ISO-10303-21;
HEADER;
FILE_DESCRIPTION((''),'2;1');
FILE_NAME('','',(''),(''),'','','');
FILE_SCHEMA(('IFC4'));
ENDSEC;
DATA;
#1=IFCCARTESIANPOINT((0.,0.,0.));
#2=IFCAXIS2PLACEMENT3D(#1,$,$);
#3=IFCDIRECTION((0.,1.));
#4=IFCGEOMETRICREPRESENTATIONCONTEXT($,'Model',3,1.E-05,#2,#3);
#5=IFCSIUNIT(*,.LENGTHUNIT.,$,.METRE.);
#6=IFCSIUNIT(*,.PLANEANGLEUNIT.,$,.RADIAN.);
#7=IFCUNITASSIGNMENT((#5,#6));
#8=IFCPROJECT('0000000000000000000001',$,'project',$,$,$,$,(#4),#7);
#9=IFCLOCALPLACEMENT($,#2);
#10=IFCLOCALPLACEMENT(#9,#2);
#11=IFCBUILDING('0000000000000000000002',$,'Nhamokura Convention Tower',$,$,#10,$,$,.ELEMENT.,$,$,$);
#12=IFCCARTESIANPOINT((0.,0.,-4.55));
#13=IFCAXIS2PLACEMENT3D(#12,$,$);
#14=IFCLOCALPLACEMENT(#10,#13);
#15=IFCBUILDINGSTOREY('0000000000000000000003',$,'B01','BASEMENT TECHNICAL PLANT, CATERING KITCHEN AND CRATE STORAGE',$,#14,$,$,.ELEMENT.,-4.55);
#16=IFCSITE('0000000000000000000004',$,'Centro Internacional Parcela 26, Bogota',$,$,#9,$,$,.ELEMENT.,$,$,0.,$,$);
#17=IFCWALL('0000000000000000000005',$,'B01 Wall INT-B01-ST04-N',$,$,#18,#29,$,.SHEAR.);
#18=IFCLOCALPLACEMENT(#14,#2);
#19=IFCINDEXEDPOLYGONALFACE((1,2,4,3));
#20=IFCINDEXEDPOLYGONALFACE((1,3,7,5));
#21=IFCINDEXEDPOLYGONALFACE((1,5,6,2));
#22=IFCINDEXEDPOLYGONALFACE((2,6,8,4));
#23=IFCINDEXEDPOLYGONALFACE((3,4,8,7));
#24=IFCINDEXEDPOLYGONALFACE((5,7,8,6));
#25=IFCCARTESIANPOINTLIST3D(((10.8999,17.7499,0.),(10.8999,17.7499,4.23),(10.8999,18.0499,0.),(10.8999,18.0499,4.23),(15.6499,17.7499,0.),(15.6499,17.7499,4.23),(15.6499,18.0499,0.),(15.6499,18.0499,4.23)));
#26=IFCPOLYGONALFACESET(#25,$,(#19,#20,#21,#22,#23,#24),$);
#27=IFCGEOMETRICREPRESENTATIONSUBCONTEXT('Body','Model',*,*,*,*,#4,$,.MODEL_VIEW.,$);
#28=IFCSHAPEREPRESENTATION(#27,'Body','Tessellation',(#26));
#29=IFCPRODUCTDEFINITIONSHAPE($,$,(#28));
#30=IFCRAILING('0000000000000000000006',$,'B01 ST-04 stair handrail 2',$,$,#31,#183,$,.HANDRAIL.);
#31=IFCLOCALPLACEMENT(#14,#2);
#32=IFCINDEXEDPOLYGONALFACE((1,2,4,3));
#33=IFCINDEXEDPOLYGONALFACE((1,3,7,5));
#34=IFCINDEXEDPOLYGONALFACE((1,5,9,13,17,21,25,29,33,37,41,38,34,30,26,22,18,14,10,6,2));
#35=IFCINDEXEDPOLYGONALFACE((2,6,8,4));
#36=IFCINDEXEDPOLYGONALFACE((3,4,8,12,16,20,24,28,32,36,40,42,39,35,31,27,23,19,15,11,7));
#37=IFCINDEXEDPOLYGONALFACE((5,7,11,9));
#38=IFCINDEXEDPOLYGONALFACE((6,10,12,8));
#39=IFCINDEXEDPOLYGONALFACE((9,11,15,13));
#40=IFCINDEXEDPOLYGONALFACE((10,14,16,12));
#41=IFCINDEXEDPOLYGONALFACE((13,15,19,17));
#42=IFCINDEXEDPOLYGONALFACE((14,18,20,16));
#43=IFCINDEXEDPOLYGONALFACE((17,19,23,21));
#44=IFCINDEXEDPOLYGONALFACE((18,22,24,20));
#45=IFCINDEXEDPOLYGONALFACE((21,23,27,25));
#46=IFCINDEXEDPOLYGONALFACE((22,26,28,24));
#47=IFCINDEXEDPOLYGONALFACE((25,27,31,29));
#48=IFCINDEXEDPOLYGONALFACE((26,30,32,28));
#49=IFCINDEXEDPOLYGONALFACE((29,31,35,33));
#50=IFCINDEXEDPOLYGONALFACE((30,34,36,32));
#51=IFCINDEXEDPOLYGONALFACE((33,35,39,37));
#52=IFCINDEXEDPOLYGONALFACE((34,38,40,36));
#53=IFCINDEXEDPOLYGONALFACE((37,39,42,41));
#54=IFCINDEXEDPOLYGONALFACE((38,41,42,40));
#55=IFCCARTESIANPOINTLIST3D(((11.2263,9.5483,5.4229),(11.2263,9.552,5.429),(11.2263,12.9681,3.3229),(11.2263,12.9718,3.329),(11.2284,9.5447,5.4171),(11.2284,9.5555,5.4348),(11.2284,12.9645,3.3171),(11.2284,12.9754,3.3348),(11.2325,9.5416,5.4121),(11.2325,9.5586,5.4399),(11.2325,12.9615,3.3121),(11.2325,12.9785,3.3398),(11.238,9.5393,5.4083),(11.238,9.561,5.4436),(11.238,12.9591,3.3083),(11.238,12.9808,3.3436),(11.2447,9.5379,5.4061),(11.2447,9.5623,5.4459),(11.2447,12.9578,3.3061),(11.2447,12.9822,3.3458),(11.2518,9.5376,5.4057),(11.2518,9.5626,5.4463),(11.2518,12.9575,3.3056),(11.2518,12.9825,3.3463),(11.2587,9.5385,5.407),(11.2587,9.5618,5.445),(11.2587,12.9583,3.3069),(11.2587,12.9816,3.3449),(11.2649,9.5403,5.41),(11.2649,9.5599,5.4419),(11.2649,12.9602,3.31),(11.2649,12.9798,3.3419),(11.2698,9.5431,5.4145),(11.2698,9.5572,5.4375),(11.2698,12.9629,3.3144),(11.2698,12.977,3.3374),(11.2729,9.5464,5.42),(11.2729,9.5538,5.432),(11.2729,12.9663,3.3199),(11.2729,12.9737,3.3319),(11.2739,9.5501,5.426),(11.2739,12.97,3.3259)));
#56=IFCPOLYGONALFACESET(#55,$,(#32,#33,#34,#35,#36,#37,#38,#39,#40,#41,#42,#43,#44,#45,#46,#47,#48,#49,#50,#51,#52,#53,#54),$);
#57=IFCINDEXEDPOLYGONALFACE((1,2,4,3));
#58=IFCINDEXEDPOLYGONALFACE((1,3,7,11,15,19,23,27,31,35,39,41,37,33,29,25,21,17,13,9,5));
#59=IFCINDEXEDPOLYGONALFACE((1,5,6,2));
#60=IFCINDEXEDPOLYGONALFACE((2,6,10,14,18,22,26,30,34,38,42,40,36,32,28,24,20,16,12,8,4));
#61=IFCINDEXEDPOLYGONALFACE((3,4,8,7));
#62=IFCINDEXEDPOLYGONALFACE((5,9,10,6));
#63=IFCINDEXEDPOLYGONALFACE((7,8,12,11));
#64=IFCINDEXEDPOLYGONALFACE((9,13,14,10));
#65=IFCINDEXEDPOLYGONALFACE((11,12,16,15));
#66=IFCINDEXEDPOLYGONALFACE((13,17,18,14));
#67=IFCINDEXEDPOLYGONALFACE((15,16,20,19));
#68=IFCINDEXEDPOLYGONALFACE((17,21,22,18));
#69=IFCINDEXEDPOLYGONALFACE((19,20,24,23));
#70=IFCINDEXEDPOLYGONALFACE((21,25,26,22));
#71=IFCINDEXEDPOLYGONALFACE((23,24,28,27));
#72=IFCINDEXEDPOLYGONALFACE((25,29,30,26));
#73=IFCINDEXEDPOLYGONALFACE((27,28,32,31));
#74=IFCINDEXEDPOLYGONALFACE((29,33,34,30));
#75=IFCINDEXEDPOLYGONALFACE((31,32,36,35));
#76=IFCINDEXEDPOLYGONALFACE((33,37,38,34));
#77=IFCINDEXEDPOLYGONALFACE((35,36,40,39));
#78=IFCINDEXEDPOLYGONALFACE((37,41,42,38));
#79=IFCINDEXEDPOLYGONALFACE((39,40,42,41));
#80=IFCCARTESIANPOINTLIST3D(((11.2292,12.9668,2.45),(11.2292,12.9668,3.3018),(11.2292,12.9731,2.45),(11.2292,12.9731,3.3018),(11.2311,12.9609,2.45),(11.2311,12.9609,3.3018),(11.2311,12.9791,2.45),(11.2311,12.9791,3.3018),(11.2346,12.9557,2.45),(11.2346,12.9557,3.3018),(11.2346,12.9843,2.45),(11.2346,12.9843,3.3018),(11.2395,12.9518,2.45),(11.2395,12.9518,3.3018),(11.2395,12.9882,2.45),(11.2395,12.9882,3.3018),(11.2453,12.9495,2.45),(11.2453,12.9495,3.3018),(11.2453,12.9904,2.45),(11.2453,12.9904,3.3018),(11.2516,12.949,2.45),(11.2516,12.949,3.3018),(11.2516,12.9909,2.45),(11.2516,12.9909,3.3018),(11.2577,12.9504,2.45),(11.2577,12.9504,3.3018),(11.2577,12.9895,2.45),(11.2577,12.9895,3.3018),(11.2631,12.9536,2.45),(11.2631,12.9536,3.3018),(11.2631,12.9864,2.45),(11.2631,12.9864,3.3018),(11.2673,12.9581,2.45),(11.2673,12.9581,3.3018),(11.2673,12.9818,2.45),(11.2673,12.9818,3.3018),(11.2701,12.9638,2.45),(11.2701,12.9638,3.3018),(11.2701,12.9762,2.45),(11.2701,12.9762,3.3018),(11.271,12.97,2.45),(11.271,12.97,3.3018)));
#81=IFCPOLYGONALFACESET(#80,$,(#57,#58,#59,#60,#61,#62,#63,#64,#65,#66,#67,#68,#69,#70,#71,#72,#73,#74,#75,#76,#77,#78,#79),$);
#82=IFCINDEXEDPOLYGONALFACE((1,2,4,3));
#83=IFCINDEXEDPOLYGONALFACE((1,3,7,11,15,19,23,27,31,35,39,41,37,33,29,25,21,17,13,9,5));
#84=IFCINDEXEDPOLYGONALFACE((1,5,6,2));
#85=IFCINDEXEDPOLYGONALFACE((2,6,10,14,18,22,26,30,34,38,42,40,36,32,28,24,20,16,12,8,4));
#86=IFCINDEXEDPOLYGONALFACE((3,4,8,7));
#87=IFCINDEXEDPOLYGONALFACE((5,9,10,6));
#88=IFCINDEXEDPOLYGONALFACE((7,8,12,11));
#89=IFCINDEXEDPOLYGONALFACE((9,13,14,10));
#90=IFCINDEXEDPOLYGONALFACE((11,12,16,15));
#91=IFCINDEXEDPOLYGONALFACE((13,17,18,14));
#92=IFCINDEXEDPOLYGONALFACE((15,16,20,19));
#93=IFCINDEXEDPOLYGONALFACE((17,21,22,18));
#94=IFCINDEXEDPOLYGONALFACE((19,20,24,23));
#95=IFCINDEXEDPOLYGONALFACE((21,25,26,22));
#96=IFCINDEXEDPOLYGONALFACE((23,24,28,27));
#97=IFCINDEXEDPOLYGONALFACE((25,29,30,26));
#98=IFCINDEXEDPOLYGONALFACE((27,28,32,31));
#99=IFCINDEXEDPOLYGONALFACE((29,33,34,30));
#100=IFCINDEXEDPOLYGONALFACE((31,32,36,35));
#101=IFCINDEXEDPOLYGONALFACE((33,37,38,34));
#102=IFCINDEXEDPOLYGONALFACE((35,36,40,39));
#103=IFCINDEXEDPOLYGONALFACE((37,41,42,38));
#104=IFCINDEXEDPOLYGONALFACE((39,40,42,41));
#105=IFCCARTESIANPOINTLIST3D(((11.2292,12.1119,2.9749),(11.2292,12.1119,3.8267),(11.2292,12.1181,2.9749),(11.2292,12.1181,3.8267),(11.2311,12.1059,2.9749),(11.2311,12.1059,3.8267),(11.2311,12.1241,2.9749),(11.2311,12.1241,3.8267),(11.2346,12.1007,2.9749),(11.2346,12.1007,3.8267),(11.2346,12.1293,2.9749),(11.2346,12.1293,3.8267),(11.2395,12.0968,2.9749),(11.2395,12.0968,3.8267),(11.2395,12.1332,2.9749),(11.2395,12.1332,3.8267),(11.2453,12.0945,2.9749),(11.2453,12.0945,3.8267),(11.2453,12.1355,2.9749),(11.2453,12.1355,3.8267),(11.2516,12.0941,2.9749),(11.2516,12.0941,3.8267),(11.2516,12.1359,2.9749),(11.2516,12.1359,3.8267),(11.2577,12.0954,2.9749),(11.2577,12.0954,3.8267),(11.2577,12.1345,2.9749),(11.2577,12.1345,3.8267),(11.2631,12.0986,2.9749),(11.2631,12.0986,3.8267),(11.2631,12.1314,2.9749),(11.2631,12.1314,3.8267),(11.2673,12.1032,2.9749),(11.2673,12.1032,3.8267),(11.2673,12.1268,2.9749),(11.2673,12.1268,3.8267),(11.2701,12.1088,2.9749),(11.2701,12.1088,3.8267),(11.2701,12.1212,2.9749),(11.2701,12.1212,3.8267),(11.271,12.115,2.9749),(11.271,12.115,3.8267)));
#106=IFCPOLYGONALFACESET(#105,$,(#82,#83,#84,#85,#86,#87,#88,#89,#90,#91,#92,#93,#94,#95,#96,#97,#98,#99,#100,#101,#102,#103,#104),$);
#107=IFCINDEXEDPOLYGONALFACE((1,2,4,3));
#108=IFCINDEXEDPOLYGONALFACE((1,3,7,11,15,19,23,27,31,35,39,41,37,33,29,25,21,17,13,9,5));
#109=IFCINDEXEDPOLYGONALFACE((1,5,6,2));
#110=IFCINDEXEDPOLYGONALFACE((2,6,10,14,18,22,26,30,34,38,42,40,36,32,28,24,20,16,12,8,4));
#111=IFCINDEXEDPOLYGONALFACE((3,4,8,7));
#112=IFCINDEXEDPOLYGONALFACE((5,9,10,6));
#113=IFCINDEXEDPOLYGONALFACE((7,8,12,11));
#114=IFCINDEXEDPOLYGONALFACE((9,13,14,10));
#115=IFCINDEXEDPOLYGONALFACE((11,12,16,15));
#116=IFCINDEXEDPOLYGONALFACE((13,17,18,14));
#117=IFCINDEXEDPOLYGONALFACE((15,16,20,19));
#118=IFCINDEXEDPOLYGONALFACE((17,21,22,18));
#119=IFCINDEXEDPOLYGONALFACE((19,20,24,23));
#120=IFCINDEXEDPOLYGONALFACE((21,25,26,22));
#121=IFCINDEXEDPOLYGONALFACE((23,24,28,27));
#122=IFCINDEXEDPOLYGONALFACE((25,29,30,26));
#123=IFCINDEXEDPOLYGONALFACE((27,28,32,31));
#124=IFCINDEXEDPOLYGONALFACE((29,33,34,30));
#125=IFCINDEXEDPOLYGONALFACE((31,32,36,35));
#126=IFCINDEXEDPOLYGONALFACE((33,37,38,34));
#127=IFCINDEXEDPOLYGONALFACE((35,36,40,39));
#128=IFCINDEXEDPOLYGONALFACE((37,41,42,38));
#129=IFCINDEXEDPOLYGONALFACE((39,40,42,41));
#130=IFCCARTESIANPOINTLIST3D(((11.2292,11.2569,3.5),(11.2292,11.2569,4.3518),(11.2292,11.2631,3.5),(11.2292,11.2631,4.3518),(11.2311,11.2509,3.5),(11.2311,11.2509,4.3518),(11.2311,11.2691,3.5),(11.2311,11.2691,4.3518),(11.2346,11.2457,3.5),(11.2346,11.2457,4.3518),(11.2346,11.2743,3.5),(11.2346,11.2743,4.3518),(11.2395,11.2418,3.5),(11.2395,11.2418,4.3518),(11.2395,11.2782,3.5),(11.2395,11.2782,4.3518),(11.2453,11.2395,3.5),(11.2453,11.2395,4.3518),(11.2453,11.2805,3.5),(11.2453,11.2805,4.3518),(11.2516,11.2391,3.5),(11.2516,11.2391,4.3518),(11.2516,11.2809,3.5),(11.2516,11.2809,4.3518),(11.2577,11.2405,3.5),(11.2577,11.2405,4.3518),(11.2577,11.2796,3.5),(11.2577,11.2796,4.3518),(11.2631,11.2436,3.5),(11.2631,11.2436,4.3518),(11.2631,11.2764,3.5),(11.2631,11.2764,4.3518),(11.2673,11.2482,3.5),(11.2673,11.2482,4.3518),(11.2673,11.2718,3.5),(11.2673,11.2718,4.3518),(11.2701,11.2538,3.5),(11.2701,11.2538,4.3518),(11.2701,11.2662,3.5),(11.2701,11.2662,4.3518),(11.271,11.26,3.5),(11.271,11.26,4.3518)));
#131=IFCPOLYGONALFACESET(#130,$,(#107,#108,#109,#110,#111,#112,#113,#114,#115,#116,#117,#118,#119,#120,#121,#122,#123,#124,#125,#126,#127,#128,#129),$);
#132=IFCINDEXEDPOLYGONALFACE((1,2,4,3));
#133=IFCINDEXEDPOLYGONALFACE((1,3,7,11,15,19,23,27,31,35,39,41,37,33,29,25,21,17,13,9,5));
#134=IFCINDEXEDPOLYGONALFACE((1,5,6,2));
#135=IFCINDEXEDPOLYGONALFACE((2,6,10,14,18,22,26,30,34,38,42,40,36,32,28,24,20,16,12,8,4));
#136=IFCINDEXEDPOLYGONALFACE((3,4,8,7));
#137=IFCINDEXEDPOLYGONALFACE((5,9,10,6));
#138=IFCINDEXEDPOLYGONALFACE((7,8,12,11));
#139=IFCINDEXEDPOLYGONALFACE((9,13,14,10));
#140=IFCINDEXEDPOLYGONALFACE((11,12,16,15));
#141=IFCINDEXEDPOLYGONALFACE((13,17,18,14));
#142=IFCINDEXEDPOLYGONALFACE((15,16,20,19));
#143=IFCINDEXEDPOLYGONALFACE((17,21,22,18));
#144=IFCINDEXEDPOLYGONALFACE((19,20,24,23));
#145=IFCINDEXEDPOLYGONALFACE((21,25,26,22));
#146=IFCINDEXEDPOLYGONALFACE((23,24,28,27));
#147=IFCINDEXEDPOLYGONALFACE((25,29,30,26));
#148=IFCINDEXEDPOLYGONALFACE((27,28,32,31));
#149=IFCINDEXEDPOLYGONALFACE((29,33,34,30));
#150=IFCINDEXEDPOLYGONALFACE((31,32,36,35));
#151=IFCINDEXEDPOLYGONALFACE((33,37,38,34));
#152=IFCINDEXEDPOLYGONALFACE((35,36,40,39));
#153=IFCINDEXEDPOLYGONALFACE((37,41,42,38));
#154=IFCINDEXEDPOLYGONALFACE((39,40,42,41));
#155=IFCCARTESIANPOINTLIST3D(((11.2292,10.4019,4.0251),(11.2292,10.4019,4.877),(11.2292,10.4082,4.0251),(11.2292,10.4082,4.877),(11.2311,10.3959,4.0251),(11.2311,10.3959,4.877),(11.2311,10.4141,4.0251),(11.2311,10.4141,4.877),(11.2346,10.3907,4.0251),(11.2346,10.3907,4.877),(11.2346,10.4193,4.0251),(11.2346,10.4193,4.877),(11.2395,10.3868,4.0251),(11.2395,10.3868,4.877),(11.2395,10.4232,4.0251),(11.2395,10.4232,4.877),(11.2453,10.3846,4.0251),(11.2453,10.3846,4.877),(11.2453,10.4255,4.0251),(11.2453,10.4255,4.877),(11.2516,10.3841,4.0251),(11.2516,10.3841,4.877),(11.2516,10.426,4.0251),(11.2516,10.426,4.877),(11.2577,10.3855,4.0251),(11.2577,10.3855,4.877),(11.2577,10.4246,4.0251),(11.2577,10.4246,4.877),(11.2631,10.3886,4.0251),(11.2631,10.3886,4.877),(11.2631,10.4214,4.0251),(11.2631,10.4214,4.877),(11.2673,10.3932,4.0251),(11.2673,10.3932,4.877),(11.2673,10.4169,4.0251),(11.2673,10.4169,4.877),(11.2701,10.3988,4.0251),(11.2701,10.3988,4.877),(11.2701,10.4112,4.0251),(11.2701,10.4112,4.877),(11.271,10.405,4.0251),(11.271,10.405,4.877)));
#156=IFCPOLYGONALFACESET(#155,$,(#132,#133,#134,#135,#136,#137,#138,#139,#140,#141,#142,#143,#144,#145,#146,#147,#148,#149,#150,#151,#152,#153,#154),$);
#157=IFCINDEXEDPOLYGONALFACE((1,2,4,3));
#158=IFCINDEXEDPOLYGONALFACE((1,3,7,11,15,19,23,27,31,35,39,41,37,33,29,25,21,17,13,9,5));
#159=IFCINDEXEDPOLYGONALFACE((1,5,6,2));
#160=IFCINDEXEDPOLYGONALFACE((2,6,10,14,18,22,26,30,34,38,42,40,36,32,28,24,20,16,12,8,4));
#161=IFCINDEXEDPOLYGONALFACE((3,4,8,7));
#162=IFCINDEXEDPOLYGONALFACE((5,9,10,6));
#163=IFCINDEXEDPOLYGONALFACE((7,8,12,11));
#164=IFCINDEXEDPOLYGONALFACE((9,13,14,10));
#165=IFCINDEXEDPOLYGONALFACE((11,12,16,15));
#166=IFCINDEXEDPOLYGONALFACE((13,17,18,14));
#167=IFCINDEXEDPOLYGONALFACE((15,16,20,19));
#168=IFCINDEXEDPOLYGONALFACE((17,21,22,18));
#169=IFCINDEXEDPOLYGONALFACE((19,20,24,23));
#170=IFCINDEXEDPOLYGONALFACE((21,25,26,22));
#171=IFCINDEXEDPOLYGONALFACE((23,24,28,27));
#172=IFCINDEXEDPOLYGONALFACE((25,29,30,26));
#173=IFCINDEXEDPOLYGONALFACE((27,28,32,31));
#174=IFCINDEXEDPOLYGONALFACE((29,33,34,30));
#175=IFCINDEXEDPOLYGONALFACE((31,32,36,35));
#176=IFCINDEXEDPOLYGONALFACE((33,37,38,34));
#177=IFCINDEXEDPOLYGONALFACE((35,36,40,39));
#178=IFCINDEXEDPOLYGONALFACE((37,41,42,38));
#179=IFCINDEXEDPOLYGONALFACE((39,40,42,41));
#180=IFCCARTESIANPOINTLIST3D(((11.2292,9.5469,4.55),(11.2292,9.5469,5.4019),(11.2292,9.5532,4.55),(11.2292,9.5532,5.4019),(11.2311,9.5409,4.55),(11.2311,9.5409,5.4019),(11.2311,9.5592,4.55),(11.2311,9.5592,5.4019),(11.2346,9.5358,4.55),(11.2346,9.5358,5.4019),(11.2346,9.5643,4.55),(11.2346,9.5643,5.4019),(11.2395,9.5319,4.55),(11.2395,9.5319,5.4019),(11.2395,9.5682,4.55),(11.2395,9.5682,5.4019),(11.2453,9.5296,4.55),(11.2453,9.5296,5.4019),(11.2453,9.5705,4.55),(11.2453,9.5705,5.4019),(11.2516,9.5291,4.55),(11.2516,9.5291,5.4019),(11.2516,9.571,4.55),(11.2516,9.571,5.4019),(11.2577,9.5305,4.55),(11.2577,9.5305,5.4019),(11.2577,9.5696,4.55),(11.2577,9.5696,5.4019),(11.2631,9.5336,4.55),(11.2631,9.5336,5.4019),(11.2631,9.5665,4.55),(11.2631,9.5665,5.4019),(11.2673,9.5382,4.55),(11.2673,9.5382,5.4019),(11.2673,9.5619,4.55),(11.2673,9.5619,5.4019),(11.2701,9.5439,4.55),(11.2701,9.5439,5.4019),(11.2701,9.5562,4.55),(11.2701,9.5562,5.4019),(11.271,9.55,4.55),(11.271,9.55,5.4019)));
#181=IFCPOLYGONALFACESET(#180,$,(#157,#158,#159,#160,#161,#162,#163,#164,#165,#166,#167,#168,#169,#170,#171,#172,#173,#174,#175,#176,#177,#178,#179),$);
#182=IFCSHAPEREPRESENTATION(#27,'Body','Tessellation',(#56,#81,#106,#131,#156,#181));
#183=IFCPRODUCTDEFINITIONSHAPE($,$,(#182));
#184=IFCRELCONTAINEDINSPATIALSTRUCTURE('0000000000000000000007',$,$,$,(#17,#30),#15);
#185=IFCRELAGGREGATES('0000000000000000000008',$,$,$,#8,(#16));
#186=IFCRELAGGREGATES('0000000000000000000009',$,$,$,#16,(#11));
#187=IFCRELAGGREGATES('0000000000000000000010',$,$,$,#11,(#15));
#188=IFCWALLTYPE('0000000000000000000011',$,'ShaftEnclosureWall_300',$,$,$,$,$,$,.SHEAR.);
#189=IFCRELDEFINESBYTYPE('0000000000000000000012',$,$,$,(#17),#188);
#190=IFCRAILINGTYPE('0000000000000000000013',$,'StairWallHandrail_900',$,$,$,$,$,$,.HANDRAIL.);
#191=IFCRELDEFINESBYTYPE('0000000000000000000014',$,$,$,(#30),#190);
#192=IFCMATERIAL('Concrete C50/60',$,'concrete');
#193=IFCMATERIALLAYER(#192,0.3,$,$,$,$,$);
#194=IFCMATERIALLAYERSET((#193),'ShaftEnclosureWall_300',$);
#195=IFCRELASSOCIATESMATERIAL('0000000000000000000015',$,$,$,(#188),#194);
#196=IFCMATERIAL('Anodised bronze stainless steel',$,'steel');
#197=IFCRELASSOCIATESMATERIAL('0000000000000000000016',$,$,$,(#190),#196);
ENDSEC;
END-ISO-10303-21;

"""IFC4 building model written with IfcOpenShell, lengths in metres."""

from ifc_helpers import new_model, si_unit, direction, frame, frame_2d, origin, origin_2d, place, context, subcontext, project, spatial, rectangle, circle, extrude, material, layer, layer_set, type_object, element, save


model = new_model("IFC4")

# Units and contexts
model_context = context("Model", 3, precision=1e-05, world=origin(), true_north=direction((0.0, 1.0)))
body_context = subcontext(model_context, "Body", "Model", "MODEL_VIEW")
ifc_project = project(units=[si_unit("LENGTHUNIT", "METRE"), si_unit("PLANEANGLEUNIT", "RADIAN")], contexts=[model_context])

# Site, building, storey
site_placement = place(None, origin())
site = spatial("IfcSite", under=ifc_project, at=site_placement, Name="Centro Internacional Parcela 26, Bogota", CompositionType="ELEMENT", RefElevation=0.0)
building_placement = place(site_placement, origin())
building = spatial("IfcBuilding", under=site, at=building_placement, Name="Nhamokura Convention Tower", CompositionType="ELEMENT")
storey_placement = place(building_placement, frame((0.0, 0.0, -4.55)))
storey = spatial("IfcBuildingStorey", under=building, at=storey_placement, Name="B01", Description="BASEMENT TECHNICAL PLANT, CATERING KITCHEN AND CRATE STORAGE", CompositionType="ELEMENT", Elevation=-4.55)

# Wall
ifc_material_1 = material(Name="Concrete C50/60", Category="concrete")
ifc_layer_1 = layer(ifc_material_1, 0.3)
ifc_layer_set_1 = layer_set([ifc_layer_1], Name="ShaftEnclosureWall_300")
wall_type_1 = type_object("IfcWallType", Name="ShaftEnclosureWall_300", PredefinedType="SHEAR", material=ifc_layer_set_1)
for number, where, z_axis, x_axis, name in (
    (1, (10.8999, 17.8999, 0.0), (0.0, 0.0, 1.0), (1.0, 0.0, 0.0), "B01 Wall INT-B01-ST04-N"),
):
    element("IfcWall", number, at=place(storey_placement, frame(where, z_axis=z_axis, x_axis=x_axis)), inside=storey, type_object=wall_type_1, Name=name, PredefinedType="SHEAR", context=body_context, shape_type="SweptSolid", body=[
        extrude(rectangle(XDim=4.75, YDim=0.3, at=frame_2d((2.375, 0.0))), origin(), (0.0, 0.0, 1.0), 4.23),
    ])

# Railing
ifc_material_2 = material(Name="Anodised bronze stainless steel", Category="steel")
railing_type = type_object("IfcRailingType", Name="StairWallHandrail_900", PredefinedType="HANDRAIL", material=ifc_material_2)
railing_placement = place(storey_placement, frame((11.25, 12.97, 2.45)))
element("IfcRailing", 2, at=railing_placement, inside=storey, type_object=railing_type, Name="B01 ST-04 stair handrail 2", PredefinedType="HANDRAIL", context=body_context, shape_type="SweptSolid", body=[
    extrude(circle(Radius=0.0239, at=origin_2d()), frame((0.0, 0.0, 0.876), z_axis=(0.0, -0.852155, 0.523289), x_axis=(1.0, 0.0, 0.0)), (0.0, 0.0, 1.0), 4.0132),
    extrude(circle(Radius=0.021, at=origin_2d()), origin(), (0.0, 0.0, 1.0), 0.8518),
    extrude(circle(Radius=0.021, at=origin_2d()), frame((0.0, -0.855, 0.5249)), (0.0, 0.0, 1.0), 0.8518),
    extrude(circle(Radius=0.021, at=origin_2d()), frame((0.0, -1.71, 1.05)), (0.0, 0.0, 1.0), 0.8518),
    extrude(circle(Radius=0.021, at=origin_2d()), frame((0.0, -2.5649, 1.5752)), (0.0, 0.0, 1.0), 0.8518),
    extrude(circle(Radius=0.021, at=origin_2d()), frame((0.0, -3.4199, 2.1001)), (0.0, 0.0, 1.0), 0.8518),
])

save(model, "model.ifc")
